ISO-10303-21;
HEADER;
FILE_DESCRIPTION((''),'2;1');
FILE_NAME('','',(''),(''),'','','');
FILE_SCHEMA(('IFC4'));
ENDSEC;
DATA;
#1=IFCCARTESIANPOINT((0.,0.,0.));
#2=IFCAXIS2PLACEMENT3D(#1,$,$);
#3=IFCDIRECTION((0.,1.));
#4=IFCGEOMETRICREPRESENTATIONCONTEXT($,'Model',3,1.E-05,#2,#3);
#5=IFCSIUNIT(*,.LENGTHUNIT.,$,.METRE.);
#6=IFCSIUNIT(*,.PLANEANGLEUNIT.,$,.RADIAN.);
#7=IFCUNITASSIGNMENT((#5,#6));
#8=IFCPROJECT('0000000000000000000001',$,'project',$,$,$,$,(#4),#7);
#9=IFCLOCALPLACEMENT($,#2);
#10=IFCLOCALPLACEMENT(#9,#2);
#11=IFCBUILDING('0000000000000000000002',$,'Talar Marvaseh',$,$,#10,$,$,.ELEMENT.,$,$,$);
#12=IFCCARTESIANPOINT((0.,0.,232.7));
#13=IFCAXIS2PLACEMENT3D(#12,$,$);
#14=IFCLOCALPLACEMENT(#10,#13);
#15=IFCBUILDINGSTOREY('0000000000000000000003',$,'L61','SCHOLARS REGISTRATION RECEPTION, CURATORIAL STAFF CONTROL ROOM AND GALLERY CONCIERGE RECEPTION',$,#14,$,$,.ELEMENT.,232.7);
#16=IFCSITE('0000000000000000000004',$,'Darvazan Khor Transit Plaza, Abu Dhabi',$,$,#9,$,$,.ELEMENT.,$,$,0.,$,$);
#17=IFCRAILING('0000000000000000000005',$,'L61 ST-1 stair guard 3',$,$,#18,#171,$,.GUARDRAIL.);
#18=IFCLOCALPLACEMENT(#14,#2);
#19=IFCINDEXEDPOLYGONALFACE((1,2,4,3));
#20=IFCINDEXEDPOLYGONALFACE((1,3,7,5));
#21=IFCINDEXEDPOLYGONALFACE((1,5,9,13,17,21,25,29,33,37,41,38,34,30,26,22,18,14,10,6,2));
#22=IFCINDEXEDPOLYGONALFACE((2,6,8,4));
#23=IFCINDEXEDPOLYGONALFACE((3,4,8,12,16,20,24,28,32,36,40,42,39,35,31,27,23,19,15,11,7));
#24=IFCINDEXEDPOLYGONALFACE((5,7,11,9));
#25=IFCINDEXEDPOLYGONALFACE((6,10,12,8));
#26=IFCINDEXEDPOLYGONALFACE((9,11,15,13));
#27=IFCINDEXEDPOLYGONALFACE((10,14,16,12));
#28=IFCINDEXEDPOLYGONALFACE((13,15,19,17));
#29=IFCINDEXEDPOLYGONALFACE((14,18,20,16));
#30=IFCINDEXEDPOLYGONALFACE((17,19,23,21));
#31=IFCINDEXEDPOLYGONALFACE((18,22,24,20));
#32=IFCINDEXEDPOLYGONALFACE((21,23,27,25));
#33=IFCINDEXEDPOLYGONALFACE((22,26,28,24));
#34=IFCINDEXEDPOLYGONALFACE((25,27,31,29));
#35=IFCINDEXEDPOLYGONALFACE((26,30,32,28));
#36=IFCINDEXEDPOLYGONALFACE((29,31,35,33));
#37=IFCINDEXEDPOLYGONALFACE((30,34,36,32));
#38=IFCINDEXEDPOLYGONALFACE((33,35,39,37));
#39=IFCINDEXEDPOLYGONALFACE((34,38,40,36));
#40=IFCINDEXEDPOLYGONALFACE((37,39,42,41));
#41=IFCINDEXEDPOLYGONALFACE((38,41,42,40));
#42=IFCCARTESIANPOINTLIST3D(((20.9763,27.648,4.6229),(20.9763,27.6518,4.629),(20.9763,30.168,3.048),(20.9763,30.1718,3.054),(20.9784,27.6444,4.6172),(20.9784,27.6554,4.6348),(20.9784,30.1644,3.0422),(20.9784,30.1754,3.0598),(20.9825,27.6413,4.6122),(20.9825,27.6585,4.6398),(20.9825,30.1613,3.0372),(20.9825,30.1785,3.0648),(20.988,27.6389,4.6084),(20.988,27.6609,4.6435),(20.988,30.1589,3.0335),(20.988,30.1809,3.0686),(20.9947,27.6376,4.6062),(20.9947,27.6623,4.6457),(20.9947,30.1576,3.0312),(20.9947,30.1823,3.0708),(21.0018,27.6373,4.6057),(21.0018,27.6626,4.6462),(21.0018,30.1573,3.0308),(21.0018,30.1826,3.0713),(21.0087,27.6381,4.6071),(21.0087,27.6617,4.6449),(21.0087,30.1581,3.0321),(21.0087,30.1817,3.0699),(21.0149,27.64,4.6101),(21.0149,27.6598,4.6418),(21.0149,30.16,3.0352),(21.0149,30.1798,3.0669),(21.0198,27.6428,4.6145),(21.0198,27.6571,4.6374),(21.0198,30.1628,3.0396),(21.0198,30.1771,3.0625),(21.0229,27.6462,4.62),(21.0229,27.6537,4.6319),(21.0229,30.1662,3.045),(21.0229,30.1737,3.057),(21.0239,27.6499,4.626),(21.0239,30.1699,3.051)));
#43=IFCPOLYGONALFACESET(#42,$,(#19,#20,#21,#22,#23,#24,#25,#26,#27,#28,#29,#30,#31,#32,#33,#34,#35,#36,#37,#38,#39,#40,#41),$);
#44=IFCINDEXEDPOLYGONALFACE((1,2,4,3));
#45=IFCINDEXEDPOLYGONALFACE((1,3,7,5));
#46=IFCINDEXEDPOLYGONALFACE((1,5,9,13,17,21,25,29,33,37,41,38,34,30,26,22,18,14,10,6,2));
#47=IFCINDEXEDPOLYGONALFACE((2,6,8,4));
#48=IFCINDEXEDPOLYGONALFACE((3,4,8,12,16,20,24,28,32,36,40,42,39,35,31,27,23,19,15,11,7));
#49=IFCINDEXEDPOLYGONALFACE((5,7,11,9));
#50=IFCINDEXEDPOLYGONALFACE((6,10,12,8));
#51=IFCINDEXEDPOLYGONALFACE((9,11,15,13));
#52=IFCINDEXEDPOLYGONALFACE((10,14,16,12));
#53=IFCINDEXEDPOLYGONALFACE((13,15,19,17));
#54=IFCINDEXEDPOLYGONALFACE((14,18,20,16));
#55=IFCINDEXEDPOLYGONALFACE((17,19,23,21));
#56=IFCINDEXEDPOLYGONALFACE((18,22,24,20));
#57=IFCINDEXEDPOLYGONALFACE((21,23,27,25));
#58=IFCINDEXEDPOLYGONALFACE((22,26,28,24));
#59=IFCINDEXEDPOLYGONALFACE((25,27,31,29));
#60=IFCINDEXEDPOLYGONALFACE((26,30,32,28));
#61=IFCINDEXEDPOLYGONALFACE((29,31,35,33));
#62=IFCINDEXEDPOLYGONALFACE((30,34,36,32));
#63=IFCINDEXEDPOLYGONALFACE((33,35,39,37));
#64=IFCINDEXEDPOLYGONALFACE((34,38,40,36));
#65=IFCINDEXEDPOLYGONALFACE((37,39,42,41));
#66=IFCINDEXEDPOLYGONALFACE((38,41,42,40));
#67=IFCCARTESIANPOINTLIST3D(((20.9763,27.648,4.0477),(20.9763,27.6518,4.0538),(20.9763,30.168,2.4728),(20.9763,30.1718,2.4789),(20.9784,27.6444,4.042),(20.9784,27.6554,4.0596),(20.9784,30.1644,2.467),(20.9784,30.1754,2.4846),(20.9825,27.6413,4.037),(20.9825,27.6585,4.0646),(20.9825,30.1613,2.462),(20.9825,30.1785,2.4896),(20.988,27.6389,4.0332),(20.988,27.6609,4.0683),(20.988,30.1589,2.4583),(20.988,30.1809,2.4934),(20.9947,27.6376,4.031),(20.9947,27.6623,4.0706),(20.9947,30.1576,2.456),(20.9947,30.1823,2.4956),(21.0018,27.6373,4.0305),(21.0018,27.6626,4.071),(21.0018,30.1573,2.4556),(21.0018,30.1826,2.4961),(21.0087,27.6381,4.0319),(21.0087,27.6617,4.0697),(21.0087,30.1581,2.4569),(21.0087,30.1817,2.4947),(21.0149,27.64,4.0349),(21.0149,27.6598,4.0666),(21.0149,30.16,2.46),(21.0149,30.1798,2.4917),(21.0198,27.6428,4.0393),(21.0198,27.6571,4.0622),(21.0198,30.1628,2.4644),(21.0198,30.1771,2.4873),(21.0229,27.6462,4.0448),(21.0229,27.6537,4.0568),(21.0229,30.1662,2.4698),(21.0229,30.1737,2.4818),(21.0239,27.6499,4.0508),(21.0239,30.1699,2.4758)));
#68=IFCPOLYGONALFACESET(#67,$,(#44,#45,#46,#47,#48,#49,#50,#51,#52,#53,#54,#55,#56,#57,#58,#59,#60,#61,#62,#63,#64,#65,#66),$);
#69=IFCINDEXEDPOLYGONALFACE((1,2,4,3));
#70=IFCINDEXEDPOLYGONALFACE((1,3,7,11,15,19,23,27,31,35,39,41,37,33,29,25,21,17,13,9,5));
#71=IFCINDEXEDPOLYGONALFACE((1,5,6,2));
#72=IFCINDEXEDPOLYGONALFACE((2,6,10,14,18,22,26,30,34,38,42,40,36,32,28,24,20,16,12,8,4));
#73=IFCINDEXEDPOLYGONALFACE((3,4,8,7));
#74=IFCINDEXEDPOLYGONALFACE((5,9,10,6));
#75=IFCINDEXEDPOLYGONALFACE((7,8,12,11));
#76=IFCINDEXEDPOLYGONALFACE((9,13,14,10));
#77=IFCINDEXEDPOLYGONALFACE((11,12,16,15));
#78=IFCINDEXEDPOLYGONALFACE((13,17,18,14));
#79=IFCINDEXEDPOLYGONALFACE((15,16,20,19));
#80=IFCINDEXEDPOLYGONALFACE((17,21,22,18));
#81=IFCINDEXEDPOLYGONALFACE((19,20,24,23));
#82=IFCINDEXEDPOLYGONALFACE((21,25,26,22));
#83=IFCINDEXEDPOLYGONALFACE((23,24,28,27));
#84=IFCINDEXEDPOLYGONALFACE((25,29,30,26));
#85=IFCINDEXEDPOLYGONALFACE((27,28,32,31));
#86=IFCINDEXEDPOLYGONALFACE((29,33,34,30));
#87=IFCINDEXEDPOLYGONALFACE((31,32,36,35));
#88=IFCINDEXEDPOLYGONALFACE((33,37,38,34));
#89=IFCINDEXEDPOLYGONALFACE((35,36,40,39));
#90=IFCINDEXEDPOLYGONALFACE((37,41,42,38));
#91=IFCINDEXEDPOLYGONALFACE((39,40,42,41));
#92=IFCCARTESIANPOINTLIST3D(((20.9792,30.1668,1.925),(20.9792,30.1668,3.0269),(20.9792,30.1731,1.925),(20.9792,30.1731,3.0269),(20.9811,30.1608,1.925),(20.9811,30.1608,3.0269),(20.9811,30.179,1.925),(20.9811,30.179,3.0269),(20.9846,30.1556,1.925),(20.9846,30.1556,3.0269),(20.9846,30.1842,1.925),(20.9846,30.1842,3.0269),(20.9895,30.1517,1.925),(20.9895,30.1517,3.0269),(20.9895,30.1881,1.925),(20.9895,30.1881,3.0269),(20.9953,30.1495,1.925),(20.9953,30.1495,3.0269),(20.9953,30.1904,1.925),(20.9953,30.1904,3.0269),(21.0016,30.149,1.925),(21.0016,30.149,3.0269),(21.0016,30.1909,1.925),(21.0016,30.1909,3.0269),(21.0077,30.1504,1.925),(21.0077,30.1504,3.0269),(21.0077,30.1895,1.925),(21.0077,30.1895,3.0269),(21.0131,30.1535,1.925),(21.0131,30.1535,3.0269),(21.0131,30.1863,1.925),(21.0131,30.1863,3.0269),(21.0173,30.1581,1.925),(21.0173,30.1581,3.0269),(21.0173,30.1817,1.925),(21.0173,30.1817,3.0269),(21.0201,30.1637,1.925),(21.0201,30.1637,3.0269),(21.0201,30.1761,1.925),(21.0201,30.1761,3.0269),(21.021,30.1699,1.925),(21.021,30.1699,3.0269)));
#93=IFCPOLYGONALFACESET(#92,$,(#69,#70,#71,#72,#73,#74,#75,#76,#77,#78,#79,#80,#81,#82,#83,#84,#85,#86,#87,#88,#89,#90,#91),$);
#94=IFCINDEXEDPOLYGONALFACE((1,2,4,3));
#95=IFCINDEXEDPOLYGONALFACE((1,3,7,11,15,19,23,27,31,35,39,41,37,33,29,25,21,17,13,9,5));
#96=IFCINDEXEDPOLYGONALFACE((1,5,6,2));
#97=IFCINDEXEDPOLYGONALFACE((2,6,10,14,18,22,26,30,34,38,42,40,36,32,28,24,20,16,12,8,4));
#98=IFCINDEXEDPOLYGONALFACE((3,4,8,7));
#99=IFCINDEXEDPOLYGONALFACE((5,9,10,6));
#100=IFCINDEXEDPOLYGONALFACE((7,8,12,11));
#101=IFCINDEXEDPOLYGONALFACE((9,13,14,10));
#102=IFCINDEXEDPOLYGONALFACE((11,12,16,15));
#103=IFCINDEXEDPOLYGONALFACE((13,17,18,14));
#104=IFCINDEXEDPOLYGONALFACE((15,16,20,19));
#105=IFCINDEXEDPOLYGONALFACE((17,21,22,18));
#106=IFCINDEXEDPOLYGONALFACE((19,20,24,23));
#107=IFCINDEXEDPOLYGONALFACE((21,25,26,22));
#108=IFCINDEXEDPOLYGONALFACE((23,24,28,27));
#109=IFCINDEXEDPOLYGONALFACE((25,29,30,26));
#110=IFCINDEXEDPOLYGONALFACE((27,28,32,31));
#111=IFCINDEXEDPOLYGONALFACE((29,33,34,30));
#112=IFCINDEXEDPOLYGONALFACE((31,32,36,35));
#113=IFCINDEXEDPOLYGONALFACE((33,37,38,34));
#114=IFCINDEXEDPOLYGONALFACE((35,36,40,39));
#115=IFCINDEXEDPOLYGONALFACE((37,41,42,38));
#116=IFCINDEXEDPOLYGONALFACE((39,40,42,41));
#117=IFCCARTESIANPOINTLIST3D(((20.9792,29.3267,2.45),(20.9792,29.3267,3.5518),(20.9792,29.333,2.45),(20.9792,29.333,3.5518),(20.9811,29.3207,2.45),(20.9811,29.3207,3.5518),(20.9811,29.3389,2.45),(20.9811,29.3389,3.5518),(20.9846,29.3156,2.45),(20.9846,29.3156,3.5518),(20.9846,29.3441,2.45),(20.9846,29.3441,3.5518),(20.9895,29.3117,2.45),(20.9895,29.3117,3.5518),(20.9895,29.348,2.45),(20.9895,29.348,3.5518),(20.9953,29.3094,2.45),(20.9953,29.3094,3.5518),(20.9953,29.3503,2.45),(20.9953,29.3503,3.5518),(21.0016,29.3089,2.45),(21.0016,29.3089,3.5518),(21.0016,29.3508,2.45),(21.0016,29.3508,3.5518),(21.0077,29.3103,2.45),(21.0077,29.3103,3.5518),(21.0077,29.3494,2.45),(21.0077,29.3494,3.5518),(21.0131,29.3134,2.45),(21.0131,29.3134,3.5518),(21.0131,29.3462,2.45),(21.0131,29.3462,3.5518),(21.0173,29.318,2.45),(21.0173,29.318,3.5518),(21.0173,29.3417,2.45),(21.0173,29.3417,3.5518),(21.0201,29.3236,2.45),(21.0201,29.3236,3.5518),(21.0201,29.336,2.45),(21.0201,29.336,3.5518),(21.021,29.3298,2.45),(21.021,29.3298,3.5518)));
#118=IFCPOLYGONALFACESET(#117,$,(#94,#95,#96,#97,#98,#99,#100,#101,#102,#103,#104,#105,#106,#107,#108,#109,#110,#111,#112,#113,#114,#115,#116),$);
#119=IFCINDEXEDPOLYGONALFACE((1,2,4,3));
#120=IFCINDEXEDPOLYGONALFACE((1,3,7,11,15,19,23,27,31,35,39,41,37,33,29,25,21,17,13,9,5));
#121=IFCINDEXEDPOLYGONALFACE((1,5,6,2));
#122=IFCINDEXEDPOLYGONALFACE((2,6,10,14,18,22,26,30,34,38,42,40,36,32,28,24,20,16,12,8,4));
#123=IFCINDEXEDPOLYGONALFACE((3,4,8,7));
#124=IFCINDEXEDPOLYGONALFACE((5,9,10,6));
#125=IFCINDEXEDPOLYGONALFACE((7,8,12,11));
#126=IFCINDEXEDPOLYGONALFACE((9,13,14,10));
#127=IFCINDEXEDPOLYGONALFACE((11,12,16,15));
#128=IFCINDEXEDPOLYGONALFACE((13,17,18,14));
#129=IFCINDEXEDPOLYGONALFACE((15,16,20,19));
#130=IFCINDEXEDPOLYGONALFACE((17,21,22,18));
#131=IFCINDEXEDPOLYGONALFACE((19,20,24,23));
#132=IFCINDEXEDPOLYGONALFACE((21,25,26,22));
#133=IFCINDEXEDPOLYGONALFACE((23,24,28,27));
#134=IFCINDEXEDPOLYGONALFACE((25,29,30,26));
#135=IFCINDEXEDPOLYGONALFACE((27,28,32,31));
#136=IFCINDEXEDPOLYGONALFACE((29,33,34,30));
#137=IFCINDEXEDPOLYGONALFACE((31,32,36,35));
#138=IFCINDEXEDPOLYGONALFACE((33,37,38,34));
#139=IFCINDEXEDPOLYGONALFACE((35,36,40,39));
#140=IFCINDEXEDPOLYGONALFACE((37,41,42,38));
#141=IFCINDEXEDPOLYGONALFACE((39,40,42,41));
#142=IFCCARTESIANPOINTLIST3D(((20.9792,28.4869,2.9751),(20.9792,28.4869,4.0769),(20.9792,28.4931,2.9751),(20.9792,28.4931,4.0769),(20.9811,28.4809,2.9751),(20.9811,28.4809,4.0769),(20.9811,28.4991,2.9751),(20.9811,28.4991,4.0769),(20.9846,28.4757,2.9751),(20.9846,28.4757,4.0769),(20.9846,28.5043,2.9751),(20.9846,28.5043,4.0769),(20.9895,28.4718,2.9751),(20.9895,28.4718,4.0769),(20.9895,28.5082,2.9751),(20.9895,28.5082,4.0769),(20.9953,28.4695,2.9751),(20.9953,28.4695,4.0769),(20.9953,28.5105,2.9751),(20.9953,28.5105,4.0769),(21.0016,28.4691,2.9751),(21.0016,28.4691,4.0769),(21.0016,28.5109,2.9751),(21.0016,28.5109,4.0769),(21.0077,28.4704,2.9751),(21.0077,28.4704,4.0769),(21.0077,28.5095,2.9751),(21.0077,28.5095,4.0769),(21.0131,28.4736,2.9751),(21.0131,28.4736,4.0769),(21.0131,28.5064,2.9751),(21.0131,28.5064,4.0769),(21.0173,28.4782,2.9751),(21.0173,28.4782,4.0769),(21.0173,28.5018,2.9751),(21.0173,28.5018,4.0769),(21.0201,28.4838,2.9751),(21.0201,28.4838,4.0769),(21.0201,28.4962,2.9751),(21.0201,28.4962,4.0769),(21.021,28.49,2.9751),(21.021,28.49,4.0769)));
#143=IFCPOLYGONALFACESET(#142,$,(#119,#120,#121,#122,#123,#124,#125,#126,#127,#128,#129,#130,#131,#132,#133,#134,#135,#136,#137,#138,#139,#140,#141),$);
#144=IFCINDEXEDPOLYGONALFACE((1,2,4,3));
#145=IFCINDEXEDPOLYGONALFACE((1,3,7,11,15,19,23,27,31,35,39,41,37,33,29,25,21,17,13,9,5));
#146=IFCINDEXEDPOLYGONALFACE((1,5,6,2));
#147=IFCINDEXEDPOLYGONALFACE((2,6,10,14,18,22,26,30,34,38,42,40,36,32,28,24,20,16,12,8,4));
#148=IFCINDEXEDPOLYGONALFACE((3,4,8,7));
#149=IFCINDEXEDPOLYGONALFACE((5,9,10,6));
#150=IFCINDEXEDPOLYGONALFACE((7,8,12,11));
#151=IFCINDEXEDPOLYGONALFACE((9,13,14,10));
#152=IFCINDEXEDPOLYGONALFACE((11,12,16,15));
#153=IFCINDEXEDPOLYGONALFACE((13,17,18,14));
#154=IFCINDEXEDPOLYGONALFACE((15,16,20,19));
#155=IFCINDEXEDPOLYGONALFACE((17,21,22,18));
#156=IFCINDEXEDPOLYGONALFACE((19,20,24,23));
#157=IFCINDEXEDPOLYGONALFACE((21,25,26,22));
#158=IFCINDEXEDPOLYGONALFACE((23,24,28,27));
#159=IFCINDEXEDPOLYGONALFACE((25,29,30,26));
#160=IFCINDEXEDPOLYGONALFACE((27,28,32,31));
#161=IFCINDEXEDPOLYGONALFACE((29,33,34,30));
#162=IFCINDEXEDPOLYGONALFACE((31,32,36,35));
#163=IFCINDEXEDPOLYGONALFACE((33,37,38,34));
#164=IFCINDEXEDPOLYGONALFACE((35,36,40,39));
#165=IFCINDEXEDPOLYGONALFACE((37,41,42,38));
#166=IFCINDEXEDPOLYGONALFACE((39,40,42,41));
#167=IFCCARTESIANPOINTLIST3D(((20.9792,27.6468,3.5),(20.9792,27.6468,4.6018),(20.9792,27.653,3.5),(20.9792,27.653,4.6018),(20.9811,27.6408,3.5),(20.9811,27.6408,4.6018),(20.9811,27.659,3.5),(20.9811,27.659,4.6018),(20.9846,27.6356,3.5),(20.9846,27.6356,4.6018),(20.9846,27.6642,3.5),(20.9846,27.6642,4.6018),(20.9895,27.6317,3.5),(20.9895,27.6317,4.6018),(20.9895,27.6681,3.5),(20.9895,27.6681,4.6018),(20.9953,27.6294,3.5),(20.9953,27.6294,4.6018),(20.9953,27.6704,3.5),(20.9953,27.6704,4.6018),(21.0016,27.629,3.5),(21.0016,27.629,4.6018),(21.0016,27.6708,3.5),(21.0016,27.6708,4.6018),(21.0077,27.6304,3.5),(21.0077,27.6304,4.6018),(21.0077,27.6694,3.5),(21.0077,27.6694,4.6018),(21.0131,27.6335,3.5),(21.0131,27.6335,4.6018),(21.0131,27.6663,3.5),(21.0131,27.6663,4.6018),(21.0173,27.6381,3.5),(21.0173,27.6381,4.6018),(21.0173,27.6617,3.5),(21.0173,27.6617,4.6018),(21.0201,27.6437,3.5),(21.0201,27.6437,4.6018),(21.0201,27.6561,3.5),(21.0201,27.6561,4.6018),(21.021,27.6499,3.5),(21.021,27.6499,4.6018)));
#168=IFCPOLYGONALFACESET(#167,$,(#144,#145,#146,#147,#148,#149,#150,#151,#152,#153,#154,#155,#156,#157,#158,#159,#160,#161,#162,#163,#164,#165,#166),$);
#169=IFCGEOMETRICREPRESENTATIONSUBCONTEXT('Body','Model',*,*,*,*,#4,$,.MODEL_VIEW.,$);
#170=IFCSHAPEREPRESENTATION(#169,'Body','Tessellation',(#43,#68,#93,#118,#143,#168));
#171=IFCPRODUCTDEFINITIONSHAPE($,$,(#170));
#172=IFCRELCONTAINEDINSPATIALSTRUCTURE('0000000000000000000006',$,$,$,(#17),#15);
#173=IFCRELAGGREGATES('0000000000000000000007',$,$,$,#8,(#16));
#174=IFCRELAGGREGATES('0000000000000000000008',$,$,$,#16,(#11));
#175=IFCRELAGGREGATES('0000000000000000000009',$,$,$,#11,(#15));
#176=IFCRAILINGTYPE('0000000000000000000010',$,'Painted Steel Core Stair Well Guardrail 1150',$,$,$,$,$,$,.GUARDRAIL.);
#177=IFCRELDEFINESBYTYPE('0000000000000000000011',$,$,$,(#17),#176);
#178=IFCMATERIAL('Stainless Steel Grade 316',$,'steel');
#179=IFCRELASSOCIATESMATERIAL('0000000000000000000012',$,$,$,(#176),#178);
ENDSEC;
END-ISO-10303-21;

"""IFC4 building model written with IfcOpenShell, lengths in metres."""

from ifc_helpers import new_model, si_unit, direction, frame, origin, origin_2d, place, context, subcontext, project, spatial, circle, extrude, material, type_object, element, save


model = new_model("IFC4")

# Units and contexts
model_context = context("Model", 3, precision=1e-05, world=origin(), true_north=direction((0.0, 1.0)))
body_context = subcontext(model_context, "Body", "Model", "MODEL_VIEW")
ifc_project = project(units=[si_unit("LENGTHUNIT", "METRE"), si_unit("PLANEANGLEUNIT", "RADIAN")], contexts=[model_context])

# Site, building, storey
site_placement = place(None, origin())
site = spatial("IfcSite", under=ifc_project, at=site_placement, Name="Darvazan Khor Transit Plaza, Abu Dhabi", CompositionType="ELEMENT", RefElevation=0.0)
building_placement = place(site_placement, origin())
building = spatial("IfcBuilding", under=site, at=building_placement, Name="Talar Marvaseh", CompositionType="ELEMENT")
storey_placement = place(building_placement, frame((0.0, 0.0, 232.7)))
storey = spatial("IfcBuildingStorey", under=building, at=storey_placement, Name="L61", Description="SCHOLARS REGISTRATION RECEPTION, CURATORIAL STAFF CONTROL ROOM AND GALLERY CONCIERGE RECEPTION", CompositionType="ELEMENT", Elevation=232.7)

# Railing
ifc_material_1 = material(Name="Stainless Steel Grade 316", Category="steel")
railing_type_1 = type_object("IfcRailingType", Name="Painted Steel Core Stair Well Guardrail 1150", PredefinedType="GUARDRAIL", material=ifc_material_1)
railing_1_placement = place(storey_placement, frame((21.0, 30.1699, 1.925)))
element("IfcRailing", 1, at=railing_1_placement, inside=storey, type_object=railing_type_1, Name="L61 ST-1 stair guard 3", PredefinedType="GUARDRAIL", context=body_context, shape_type="SweptSolid", body=[
    extrude(circle(Radius=0.0239, at=origin_2d()), frame((0.0, 0.0, 1.126), z_axis=(0.0, -0.848008, 0.529984), x_axis=(1.0, 0.0, 0.0)), (0.0, 0.0, 1.0), 2.9717),
    extrude(circle(Radius=0.0239, at=origin_2d()), frame((0.0, 0.0, 0.5508), z_axis=(0.0, -0.848008, 0.529984), x_axis=(1.0, 0.0, 0.0)), (0.0, 0.0, 1.0), 2.9717),
    extrude(circle(Radius=0.021, at=origin_2d()), origin(), (0.0, 0.0, 1.0), 1.1018),
    extrude(circle(Radius=0.021, at=origin_2d()), frame((0.0, -0.8401, 0.5249)), (0.0, 0.0, 1.0), 1.1018),
    extrude(circle(Radius=0.021, at=origin_2d()), frame((0.0, -1.6799, 1.05)), (0.0, 0.0, 1.0), 1.1018),
    extrude(circle(Radius=0.021, at=origin_2d()), frame((0.0, -2.52, 1.575)), (0.0, 0.0, 1.0), 1.1018),
])

save(model, "model.ifc")
